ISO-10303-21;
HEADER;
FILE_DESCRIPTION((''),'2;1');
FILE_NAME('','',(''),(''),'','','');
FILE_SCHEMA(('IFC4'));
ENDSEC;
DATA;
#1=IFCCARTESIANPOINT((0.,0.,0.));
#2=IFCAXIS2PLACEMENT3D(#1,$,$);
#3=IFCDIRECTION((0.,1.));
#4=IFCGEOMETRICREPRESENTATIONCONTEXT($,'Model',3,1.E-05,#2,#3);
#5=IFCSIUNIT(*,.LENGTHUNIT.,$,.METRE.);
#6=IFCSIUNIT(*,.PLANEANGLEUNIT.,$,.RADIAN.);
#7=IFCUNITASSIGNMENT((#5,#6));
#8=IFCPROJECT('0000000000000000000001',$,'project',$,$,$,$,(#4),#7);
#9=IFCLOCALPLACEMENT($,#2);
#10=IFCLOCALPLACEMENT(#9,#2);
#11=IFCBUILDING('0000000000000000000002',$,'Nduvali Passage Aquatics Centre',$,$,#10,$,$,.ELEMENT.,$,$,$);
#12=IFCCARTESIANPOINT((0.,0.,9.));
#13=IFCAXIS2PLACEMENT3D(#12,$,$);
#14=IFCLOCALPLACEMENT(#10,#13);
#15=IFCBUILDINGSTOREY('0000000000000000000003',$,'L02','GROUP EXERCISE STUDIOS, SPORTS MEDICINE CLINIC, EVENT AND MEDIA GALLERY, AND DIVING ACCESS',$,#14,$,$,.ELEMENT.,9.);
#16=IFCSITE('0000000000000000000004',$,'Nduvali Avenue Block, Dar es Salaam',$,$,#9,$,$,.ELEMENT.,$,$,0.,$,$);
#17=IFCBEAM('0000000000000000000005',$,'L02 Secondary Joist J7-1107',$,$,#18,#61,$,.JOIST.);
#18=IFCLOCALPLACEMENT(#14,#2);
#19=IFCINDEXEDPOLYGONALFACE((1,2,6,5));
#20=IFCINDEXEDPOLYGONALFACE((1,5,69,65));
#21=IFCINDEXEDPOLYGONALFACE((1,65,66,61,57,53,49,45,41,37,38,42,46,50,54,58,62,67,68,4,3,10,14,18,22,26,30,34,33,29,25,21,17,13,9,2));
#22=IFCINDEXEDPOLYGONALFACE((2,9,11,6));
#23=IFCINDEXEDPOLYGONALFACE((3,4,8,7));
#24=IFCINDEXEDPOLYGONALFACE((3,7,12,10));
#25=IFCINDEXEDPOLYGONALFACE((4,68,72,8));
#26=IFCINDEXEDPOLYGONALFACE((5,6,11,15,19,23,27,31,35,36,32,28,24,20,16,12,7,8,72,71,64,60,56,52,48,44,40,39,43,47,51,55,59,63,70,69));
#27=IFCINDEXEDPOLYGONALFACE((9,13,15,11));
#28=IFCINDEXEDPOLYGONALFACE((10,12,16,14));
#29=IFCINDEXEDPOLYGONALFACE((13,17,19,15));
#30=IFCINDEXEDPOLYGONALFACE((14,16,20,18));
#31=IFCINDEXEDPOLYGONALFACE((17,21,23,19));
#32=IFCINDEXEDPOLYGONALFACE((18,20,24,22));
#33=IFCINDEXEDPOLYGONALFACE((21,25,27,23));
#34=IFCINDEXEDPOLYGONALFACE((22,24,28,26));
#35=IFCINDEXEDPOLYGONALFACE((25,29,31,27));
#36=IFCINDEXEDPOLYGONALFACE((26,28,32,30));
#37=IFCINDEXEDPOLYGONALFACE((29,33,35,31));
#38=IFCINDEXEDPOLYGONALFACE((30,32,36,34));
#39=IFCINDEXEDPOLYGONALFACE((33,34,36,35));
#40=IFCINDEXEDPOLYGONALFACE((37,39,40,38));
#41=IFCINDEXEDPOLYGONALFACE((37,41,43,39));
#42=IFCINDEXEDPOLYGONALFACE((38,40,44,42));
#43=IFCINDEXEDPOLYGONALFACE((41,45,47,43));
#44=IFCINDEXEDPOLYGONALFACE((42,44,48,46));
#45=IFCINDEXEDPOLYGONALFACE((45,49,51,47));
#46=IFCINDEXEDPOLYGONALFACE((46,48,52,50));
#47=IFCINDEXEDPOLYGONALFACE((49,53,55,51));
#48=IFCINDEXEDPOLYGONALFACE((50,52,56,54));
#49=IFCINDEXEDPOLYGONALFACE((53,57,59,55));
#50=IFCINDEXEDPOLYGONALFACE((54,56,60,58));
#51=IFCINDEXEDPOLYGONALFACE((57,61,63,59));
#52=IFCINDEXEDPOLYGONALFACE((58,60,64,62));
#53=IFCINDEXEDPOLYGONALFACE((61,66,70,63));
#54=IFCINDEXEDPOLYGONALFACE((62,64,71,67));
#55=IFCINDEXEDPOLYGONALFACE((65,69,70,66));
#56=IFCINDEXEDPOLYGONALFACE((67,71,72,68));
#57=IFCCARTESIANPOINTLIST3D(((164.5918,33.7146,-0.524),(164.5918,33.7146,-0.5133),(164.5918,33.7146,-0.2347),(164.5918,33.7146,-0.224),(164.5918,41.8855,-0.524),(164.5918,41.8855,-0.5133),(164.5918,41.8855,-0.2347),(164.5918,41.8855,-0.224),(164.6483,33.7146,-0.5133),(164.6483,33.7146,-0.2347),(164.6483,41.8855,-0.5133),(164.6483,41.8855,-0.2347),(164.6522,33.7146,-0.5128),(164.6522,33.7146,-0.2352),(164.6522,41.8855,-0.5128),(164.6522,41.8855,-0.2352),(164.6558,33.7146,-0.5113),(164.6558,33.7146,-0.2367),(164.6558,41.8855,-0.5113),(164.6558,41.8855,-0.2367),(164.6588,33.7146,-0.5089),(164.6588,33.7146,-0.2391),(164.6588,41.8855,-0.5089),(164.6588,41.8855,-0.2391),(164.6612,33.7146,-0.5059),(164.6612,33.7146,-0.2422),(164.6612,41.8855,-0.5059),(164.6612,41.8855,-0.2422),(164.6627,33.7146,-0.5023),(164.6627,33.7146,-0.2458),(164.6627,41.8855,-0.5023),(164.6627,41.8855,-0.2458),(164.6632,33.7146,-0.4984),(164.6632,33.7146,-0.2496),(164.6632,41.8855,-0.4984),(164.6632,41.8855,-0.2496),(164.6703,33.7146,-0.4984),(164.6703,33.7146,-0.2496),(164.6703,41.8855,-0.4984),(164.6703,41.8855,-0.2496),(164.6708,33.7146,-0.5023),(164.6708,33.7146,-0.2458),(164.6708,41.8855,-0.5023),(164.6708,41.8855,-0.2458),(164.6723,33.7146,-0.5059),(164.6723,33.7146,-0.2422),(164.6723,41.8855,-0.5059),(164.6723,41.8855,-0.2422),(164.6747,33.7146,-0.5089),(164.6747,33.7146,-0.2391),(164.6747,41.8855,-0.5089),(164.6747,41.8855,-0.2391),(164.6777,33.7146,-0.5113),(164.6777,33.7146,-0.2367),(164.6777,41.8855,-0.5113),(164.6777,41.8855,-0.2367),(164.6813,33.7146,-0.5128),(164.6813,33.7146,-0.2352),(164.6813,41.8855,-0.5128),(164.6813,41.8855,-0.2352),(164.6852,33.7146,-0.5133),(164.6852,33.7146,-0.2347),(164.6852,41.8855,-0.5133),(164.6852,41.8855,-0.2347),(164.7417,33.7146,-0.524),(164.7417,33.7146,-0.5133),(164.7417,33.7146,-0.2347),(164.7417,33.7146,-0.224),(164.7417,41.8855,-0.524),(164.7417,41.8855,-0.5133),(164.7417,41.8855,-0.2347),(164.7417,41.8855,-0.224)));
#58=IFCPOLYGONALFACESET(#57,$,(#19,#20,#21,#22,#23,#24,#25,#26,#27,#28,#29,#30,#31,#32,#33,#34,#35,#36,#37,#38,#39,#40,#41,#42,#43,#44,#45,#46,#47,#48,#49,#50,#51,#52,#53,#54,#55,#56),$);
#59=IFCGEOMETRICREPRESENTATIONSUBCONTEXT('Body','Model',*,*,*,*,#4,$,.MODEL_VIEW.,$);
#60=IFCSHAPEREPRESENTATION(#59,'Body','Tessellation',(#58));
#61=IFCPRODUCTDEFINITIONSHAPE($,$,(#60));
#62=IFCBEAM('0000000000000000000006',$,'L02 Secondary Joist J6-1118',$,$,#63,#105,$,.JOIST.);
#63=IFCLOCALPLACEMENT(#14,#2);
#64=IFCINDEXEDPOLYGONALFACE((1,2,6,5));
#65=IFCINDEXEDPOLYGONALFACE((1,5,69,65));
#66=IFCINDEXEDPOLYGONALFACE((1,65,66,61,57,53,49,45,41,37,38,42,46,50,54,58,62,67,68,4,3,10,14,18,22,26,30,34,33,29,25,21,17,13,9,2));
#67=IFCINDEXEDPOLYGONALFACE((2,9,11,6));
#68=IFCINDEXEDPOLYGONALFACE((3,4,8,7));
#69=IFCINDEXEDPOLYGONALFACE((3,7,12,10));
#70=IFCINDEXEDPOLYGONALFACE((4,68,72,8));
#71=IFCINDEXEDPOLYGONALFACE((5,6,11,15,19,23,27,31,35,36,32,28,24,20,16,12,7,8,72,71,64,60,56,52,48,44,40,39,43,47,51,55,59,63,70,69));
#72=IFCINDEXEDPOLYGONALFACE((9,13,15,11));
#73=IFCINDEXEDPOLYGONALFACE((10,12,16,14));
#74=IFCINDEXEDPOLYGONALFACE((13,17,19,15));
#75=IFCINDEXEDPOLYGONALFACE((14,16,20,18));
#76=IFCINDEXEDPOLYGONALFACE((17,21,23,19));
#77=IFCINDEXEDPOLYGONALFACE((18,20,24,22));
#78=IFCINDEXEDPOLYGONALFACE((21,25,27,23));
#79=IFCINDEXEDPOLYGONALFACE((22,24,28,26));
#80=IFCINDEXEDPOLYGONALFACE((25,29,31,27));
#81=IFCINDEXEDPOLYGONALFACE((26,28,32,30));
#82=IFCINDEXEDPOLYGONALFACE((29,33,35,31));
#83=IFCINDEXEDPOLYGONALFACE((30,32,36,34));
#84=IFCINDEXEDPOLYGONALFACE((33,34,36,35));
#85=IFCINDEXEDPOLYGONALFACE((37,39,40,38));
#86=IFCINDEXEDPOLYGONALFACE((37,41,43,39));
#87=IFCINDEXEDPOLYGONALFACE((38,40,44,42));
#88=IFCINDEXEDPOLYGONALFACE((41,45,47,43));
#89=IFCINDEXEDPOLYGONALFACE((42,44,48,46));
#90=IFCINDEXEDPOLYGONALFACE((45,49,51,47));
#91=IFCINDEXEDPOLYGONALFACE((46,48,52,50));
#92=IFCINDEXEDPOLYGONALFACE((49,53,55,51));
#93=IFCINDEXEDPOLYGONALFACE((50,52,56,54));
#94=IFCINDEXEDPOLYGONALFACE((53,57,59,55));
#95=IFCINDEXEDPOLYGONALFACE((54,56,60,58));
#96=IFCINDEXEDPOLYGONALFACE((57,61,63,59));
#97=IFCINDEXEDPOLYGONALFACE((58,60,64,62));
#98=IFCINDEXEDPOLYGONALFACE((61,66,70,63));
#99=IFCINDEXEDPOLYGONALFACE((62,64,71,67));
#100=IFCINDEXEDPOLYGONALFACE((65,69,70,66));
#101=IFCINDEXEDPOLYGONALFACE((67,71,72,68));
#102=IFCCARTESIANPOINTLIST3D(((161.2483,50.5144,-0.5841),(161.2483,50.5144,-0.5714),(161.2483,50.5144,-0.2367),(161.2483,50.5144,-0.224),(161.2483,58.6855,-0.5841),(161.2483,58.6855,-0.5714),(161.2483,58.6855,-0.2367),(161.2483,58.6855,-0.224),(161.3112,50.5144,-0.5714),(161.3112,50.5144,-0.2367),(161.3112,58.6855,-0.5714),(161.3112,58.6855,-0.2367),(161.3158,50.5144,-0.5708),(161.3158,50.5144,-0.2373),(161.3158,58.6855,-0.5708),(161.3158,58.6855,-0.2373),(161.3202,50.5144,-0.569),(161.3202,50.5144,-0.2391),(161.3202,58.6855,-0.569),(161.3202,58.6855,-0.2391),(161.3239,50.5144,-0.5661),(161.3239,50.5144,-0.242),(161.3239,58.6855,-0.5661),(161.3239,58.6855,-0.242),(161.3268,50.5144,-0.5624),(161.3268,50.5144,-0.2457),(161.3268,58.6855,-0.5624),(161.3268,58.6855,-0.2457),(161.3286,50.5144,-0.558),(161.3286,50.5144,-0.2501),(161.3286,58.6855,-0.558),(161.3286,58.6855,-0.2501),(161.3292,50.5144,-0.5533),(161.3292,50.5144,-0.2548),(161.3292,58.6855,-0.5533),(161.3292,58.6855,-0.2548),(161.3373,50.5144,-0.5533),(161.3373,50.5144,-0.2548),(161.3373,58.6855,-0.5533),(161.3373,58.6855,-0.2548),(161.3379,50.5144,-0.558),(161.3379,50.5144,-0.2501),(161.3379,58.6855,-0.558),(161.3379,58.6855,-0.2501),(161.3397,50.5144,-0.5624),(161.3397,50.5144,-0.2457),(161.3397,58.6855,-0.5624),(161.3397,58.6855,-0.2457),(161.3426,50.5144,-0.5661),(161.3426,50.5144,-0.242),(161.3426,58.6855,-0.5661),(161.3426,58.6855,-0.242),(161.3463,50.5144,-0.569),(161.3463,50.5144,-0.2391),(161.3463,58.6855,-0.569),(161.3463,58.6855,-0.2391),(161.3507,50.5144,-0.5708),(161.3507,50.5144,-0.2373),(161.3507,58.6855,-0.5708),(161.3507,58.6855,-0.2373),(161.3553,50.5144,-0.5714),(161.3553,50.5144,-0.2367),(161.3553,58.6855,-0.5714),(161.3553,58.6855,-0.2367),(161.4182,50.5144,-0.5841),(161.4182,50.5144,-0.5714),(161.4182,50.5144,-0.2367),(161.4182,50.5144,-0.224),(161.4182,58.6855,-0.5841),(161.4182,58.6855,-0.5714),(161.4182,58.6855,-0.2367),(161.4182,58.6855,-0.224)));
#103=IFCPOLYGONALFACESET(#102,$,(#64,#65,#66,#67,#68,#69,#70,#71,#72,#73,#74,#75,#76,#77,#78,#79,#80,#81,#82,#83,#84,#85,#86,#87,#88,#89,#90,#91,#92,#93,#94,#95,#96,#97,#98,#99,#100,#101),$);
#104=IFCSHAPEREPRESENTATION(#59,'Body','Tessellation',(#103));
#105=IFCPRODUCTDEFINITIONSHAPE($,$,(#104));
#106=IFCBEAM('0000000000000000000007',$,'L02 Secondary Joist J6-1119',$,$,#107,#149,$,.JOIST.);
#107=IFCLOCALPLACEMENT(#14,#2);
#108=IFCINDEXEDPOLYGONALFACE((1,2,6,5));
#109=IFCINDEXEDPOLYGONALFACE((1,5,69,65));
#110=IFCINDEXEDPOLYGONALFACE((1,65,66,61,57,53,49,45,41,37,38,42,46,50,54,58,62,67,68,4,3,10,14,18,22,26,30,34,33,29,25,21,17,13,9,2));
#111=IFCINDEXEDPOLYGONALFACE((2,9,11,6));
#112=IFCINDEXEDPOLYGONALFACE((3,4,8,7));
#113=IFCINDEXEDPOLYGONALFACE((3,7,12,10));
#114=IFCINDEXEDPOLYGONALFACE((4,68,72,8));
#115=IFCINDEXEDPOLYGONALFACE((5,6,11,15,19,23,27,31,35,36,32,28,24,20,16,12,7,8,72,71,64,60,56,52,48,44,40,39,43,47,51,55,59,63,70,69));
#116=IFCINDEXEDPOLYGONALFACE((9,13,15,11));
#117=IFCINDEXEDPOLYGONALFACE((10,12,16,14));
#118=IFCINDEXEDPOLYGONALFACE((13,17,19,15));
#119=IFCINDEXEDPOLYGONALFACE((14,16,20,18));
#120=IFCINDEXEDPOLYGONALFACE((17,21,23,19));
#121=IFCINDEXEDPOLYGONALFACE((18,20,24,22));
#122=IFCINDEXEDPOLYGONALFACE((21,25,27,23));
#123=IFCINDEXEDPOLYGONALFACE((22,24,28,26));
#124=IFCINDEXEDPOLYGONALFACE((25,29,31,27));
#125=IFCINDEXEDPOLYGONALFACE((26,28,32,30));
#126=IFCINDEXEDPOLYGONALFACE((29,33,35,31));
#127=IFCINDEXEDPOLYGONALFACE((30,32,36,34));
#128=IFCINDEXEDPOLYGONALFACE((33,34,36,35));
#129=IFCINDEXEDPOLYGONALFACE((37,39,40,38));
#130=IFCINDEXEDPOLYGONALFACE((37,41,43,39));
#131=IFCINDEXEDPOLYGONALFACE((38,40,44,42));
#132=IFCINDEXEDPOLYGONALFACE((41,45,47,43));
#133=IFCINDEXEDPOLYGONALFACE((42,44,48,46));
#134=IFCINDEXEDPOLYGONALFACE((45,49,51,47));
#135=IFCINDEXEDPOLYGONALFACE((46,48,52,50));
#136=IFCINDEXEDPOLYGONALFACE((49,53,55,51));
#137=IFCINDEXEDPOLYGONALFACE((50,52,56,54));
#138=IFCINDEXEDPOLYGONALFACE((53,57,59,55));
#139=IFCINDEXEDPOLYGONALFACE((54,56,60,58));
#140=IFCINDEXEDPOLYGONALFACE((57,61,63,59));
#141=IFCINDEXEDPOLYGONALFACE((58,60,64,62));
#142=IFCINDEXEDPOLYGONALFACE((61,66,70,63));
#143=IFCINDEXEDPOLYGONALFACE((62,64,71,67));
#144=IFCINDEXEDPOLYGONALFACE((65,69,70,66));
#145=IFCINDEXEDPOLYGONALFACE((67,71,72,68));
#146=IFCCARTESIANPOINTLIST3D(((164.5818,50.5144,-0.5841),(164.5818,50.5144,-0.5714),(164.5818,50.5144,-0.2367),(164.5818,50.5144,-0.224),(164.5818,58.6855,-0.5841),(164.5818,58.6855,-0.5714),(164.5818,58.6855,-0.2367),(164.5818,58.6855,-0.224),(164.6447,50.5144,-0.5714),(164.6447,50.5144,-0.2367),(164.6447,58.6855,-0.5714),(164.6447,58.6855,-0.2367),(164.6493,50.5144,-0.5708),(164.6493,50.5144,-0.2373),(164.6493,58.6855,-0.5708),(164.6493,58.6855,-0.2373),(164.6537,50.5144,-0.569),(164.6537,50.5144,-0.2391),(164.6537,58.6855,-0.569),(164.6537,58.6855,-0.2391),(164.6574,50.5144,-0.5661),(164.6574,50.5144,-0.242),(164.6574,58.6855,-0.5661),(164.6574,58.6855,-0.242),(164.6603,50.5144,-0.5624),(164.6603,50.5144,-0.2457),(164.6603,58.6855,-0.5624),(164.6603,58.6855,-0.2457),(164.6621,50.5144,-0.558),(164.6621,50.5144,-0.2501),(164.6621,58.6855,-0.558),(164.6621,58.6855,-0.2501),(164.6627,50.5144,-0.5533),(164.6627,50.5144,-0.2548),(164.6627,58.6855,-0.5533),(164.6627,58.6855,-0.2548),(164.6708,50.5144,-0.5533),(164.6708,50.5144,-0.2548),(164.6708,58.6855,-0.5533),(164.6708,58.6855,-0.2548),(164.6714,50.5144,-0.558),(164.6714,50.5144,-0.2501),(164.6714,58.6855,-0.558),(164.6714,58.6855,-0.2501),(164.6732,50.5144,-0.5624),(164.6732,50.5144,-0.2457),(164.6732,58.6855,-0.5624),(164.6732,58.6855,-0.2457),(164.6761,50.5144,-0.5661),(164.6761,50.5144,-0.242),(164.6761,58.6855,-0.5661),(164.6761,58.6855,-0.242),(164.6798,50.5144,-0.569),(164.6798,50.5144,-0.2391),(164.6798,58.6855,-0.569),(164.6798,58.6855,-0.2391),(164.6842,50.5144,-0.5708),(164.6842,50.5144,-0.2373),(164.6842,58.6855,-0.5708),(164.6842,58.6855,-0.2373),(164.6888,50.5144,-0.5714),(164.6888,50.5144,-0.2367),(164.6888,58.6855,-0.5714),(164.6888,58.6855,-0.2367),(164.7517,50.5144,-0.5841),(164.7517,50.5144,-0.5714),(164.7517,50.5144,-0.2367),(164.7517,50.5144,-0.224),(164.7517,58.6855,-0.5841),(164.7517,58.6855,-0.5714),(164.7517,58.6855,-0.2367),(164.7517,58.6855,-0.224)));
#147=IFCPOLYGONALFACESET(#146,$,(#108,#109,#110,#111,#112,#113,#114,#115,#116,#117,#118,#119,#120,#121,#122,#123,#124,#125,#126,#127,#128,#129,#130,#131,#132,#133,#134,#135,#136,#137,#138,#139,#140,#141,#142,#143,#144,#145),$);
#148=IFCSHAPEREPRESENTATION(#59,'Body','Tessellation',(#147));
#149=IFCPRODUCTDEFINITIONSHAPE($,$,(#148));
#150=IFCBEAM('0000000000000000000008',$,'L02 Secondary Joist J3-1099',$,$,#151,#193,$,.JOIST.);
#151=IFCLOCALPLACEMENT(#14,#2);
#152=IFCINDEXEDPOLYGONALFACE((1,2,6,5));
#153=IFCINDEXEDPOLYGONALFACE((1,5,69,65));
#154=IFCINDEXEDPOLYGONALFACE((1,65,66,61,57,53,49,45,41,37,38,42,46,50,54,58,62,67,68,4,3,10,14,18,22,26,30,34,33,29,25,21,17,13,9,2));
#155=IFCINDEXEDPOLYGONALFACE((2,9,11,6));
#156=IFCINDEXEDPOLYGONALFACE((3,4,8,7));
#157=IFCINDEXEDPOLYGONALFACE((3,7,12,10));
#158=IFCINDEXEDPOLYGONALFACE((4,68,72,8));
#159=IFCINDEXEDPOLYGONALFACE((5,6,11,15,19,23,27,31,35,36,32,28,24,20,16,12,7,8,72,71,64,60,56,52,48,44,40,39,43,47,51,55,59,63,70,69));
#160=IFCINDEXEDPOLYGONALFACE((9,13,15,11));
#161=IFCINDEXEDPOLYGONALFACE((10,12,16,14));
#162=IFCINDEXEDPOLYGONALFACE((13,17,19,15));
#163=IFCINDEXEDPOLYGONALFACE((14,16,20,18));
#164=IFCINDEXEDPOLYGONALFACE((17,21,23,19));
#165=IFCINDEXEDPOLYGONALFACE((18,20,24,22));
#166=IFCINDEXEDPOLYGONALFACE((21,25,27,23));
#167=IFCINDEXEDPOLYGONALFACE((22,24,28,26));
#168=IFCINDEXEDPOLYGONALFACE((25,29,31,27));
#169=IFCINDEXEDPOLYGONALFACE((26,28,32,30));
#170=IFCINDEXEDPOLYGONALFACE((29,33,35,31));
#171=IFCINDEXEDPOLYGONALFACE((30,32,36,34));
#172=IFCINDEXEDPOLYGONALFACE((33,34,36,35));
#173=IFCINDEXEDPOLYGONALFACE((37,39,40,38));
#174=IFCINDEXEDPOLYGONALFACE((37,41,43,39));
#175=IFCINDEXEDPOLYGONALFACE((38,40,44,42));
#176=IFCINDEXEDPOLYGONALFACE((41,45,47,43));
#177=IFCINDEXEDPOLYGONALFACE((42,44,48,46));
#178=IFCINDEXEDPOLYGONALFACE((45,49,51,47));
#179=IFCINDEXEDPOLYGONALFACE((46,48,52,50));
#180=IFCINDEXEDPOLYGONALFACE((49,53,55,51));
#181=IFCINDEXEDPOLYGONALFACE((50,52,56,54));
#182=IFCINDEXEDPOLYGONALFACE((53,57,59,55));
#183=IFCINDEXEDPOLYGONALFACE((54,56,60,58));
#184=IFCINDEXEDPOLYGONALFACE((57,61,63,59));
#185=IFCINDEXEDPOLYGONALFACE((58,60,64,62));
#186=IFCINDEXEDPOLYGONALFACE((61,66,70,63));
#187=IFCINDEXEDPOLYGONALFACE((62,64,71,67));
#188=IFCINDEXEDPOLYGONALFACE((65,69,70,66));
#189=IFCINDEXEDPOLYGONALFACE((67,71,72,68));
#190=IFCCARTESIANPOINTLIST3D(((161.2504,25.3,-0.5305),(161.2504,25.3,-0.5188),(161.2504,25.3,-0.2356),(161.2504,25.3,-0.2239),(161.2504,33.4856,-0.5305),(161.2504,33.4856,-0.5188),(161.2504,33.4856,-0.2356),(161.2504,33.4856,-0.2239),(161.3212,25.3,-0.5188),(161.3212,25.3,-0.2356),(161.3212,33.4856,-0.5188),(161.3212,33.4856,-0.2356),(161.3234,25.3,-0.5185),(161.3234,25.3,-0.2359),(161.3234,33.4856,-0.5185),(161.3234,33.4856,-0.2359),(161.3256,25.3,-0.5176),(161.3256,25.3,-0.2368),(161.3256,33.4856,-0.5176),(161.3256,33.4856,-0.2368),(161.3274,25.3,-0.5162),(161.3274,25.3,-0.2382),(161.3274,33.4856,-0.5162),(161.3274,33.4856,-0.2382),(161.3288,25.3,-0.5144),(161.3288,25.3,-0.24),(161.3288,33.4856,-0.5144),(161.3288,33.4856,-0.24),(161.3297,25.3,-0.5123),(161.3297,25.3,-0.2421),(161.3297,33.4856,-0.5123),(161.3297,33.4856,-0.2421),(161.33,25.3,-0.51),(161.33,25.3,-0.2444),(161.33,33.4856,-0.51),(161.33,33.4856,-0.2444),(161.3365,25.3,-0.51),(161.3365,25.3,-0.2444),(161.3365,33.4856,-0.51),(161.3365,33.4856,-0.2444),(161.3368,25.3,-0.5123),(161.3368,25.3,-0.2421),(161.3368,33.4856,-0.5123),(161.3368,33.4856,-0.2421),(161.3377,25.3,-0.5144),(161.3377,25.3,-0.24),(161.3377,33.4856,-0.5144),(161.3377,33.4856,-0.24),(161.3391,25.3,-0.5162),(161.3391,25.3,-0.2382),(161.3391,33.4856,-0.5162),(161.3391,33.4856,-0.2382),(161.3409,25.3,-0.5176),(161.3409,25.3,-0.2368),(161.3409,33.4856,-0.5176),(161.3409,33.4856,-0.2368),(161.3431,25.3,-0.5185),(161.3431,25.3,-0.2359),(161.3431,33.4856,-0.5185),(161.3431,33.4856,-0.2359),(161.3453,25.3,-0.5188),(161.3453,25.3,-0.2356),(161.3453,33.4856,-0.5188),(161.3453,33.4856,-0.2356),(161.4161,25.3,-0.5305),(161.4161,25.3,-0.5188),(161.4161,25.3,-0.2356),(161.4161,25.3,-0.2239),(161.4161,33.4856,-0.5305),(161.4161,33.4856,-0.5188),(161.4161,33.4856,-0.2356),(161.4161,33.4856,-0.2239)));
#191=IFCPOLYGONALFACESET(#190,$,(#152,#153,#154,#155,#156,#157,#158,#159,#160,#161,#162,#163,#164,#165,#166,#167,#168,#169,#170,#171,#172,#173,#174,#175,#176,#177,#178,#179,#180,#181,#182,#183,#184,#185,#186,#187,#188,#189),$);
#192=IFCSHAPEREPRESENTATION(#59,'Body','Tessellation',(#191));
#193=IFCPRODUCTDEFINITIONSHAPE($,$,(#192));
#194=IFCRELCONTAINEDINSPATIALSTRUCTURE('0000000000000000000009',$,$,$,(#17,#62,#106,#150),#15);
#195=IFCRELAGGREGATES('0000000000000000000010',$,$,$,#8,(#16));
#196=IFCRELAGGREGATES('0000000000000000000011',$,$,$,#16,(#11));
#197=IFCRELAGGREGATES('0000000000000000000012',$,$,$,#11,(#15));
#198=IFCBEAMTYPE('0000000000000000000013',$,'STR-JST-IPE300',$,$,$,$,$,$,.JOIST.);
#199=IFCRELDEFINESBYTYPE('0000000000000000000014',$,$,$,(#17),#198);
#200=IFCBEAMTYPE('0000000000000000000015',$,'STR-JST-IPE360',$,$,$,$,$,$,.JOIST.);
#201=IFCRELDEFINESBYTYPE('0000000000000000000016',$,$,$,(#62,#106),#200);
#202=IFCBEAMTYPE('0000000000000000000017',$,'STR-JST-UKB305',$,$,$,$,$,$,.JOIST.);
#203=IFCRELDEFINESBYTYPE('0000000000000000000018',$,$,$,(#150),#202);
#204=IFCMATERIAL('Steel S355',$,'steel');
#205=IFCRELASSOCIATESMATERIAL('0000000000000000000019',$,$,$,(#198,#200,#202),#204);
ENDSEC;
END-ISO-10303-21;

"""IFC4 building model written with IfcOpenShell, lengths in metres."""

from ifc_helpers import new_model, si_unit, direction, frame, origin, origin_2d, place, context, subcontext, project, spatial, i_section, extrude, material, material_profile, profile_set, type_object, element, save


model = new_model("IFC4")

# Units and contexts
model_context = context("Model", 3, precision=1e-05, world=origin(), true_north=direction((0.0, 1.0)))
body_context = subcontext(model_context, "Body", "Model", "MODEL_VIEW")
ifc_project = project(units=[si_unit("LENGTHUNIT", "METRE"), si_unit("PLANEANGLEUNIT", "RADIAN")], contexts=[model_context])

# Site, building, storey
site_placement = place(None, origin())
site = spatial("IfcSite", under=ifc_project, at=site_placement, Name="Nduvali Avenue Block, Dar es Salaam", CompositionType="ELEMENT", RefElevation=0.0)
building_placement = place(site_placement, origin())
building = spatial("IfcBuilding", under=site, at=building_placement, Name="Nduvali Passage Aquatics Centre", CompositionType="ELEMENT")
storey_placement = place(building_placement, frame((0.0, 0.0, 9.0)))
storey = spatial("IfcBuildingStorey", under=building, at=storey_placement, Name="L02", Description="GROUP EXERCISE STUDIOS, SPORTS MEDICINE CLINIC, EVENT AND MEDIA GALLERY, AND DIVING ACCESS", CompositionType="ELEMENT", Elevation=9.0)

# Beams
ifc_material_1 = material(Name="Steel S355", Category="steel")
ifc_material_profile_1 = material_profile(ifc_material_1, i_section(OverallWidth=0.1499, OverallDepth=0.3, WebThickness=0.0071, FlangeThickness=0.0107, FilletRadius=0.0149, at=origin_2d()), Name="IPE 300")
ifc_profile_set_1 = profile_set([ifc_material_profile_1], Name="Steel S355")
beam_type_1 = type_object("IfcBeamType", Name="STR-JST-IPE300", PredefinedType="JOIST", material=ifc_profile_set_1)
for number, where, z_axis, x_axis, name in (
    (1, (164.6667, 33.7146, -0.374), (0.0, 1.0, 0.0), (-1.0, 0.0, 0.0), "L02 Secondary Joist J7-1107"),
):
    element("IfcBeam", number, at=place(storey_placement, frame(where, z_axis=z_axis, x_axis=x_axis)), inside=storey, type_object=beam_type_1, Name=name, PredefinedType="JOIST", context=body_context, shape_type="SweptSolid", body=[
        extrude(i_section(OverallWidth=0.1499, OverallDepth=0.3, WebThickness=0.0071, FlangeThickness=0.0107, FilletRadius=0.0149, at=origin_2d()), origin(), (0.0, 0.0, 1.0), 8.1709),
    ])
ifc_material_profile_2 = material_profile(ifc_material_1, i_section(OverallWidth=0.1699, OverallDepth=0.3601, WebThickness=0.0081, FlangeThickness=0.0127, FilletRadius=0.0181, at=origin_2d()), Name="IPE 360")
ifc_profile_set_2 = profile_set([ifc_material_profile_2], Name="Steel S355")
beam_type_2 = type_object("IfcBeamType", Name="STR-JST-IPE360", PredefinedType="JOIST", material=ifc_profile_set_2)
for number, where, z_axis, x_axis, name in (
    (2, (161.3333, 50.5144, -0.4041), (0.0, 1.0, 0.0), (-1.0, 0.0, 0.0), "L02 Secondary Joist J6-1118"),
    (3, (164.6667, 50.5144, -0.4041), (0.0, 1.0, 0.0), (-1.0, 0.0, 0.0), "L02 Secondary Joist J6-1119"),
):
    element("IfcBeam", number, at=place(storey_placement, frame(where, z_axis=z_axis, x_axis=x_axis)), inside=storey, type_object=beam_type_2, Name=name, PredefinedType="JOIST", context=body_context, shape_type="SweptSolid", body=[
        extrude(i_section(OverallWidth=0.1699, OverallDepth=0.3601, WebThickness=0.0081, FlangeThickness=0.0127, FilletRadius=0.0181, at=origin_2d()), origin(), (0.0, 0.0, 1.0), 8.1711),
    ])
ifc_material_profile_3 = material_profile(ifc_material_1, i_section(OverallWidth=0.1658, OverallDepth=0.3066, WebThickness=0.0066, FlangeThickness=0.0117, FilletRadius=0.0088, at=origin_2d()), Name="UKB 305x165x46")
ifc_profile_set_3 = profile_set([ifc_material_profile_3], Name="Steel S355")
beam_type_3 = type_object("IfcBeamType", Name="STR-JST-UKB305", PredefinedType="JOIST", material=ifc_profile_set_3)
for number, where, z_axis, x_axis, name in (
    (4, (161.3333, 25.3, -0.3772), (0.0, 1.0, 0.0), (-1.0, 0.0, 0.0), "L02 Secondary Joist J3-1099"),
):
    element("IfcBeam", number, at=place(storey_placement, frame(where, z_axis=z_axis, x_axis=x_axis)), inside=storey, type_object=beam_type_3, Name=name, PredefinedType="JOIST", context=body_context, shape_type="SweptSolid", body=[
        extrude(i_section(OverallWidth=0.1658, OverallDepth=0.3066, WebThickness=0.0066, FlangeThickness=0.0117, FilletRadius=0.0088, at=origin_2d()), origin(), (0.0, 0.0, 1.0), 8.1855),
    ])

save(model, "model.ifc")
